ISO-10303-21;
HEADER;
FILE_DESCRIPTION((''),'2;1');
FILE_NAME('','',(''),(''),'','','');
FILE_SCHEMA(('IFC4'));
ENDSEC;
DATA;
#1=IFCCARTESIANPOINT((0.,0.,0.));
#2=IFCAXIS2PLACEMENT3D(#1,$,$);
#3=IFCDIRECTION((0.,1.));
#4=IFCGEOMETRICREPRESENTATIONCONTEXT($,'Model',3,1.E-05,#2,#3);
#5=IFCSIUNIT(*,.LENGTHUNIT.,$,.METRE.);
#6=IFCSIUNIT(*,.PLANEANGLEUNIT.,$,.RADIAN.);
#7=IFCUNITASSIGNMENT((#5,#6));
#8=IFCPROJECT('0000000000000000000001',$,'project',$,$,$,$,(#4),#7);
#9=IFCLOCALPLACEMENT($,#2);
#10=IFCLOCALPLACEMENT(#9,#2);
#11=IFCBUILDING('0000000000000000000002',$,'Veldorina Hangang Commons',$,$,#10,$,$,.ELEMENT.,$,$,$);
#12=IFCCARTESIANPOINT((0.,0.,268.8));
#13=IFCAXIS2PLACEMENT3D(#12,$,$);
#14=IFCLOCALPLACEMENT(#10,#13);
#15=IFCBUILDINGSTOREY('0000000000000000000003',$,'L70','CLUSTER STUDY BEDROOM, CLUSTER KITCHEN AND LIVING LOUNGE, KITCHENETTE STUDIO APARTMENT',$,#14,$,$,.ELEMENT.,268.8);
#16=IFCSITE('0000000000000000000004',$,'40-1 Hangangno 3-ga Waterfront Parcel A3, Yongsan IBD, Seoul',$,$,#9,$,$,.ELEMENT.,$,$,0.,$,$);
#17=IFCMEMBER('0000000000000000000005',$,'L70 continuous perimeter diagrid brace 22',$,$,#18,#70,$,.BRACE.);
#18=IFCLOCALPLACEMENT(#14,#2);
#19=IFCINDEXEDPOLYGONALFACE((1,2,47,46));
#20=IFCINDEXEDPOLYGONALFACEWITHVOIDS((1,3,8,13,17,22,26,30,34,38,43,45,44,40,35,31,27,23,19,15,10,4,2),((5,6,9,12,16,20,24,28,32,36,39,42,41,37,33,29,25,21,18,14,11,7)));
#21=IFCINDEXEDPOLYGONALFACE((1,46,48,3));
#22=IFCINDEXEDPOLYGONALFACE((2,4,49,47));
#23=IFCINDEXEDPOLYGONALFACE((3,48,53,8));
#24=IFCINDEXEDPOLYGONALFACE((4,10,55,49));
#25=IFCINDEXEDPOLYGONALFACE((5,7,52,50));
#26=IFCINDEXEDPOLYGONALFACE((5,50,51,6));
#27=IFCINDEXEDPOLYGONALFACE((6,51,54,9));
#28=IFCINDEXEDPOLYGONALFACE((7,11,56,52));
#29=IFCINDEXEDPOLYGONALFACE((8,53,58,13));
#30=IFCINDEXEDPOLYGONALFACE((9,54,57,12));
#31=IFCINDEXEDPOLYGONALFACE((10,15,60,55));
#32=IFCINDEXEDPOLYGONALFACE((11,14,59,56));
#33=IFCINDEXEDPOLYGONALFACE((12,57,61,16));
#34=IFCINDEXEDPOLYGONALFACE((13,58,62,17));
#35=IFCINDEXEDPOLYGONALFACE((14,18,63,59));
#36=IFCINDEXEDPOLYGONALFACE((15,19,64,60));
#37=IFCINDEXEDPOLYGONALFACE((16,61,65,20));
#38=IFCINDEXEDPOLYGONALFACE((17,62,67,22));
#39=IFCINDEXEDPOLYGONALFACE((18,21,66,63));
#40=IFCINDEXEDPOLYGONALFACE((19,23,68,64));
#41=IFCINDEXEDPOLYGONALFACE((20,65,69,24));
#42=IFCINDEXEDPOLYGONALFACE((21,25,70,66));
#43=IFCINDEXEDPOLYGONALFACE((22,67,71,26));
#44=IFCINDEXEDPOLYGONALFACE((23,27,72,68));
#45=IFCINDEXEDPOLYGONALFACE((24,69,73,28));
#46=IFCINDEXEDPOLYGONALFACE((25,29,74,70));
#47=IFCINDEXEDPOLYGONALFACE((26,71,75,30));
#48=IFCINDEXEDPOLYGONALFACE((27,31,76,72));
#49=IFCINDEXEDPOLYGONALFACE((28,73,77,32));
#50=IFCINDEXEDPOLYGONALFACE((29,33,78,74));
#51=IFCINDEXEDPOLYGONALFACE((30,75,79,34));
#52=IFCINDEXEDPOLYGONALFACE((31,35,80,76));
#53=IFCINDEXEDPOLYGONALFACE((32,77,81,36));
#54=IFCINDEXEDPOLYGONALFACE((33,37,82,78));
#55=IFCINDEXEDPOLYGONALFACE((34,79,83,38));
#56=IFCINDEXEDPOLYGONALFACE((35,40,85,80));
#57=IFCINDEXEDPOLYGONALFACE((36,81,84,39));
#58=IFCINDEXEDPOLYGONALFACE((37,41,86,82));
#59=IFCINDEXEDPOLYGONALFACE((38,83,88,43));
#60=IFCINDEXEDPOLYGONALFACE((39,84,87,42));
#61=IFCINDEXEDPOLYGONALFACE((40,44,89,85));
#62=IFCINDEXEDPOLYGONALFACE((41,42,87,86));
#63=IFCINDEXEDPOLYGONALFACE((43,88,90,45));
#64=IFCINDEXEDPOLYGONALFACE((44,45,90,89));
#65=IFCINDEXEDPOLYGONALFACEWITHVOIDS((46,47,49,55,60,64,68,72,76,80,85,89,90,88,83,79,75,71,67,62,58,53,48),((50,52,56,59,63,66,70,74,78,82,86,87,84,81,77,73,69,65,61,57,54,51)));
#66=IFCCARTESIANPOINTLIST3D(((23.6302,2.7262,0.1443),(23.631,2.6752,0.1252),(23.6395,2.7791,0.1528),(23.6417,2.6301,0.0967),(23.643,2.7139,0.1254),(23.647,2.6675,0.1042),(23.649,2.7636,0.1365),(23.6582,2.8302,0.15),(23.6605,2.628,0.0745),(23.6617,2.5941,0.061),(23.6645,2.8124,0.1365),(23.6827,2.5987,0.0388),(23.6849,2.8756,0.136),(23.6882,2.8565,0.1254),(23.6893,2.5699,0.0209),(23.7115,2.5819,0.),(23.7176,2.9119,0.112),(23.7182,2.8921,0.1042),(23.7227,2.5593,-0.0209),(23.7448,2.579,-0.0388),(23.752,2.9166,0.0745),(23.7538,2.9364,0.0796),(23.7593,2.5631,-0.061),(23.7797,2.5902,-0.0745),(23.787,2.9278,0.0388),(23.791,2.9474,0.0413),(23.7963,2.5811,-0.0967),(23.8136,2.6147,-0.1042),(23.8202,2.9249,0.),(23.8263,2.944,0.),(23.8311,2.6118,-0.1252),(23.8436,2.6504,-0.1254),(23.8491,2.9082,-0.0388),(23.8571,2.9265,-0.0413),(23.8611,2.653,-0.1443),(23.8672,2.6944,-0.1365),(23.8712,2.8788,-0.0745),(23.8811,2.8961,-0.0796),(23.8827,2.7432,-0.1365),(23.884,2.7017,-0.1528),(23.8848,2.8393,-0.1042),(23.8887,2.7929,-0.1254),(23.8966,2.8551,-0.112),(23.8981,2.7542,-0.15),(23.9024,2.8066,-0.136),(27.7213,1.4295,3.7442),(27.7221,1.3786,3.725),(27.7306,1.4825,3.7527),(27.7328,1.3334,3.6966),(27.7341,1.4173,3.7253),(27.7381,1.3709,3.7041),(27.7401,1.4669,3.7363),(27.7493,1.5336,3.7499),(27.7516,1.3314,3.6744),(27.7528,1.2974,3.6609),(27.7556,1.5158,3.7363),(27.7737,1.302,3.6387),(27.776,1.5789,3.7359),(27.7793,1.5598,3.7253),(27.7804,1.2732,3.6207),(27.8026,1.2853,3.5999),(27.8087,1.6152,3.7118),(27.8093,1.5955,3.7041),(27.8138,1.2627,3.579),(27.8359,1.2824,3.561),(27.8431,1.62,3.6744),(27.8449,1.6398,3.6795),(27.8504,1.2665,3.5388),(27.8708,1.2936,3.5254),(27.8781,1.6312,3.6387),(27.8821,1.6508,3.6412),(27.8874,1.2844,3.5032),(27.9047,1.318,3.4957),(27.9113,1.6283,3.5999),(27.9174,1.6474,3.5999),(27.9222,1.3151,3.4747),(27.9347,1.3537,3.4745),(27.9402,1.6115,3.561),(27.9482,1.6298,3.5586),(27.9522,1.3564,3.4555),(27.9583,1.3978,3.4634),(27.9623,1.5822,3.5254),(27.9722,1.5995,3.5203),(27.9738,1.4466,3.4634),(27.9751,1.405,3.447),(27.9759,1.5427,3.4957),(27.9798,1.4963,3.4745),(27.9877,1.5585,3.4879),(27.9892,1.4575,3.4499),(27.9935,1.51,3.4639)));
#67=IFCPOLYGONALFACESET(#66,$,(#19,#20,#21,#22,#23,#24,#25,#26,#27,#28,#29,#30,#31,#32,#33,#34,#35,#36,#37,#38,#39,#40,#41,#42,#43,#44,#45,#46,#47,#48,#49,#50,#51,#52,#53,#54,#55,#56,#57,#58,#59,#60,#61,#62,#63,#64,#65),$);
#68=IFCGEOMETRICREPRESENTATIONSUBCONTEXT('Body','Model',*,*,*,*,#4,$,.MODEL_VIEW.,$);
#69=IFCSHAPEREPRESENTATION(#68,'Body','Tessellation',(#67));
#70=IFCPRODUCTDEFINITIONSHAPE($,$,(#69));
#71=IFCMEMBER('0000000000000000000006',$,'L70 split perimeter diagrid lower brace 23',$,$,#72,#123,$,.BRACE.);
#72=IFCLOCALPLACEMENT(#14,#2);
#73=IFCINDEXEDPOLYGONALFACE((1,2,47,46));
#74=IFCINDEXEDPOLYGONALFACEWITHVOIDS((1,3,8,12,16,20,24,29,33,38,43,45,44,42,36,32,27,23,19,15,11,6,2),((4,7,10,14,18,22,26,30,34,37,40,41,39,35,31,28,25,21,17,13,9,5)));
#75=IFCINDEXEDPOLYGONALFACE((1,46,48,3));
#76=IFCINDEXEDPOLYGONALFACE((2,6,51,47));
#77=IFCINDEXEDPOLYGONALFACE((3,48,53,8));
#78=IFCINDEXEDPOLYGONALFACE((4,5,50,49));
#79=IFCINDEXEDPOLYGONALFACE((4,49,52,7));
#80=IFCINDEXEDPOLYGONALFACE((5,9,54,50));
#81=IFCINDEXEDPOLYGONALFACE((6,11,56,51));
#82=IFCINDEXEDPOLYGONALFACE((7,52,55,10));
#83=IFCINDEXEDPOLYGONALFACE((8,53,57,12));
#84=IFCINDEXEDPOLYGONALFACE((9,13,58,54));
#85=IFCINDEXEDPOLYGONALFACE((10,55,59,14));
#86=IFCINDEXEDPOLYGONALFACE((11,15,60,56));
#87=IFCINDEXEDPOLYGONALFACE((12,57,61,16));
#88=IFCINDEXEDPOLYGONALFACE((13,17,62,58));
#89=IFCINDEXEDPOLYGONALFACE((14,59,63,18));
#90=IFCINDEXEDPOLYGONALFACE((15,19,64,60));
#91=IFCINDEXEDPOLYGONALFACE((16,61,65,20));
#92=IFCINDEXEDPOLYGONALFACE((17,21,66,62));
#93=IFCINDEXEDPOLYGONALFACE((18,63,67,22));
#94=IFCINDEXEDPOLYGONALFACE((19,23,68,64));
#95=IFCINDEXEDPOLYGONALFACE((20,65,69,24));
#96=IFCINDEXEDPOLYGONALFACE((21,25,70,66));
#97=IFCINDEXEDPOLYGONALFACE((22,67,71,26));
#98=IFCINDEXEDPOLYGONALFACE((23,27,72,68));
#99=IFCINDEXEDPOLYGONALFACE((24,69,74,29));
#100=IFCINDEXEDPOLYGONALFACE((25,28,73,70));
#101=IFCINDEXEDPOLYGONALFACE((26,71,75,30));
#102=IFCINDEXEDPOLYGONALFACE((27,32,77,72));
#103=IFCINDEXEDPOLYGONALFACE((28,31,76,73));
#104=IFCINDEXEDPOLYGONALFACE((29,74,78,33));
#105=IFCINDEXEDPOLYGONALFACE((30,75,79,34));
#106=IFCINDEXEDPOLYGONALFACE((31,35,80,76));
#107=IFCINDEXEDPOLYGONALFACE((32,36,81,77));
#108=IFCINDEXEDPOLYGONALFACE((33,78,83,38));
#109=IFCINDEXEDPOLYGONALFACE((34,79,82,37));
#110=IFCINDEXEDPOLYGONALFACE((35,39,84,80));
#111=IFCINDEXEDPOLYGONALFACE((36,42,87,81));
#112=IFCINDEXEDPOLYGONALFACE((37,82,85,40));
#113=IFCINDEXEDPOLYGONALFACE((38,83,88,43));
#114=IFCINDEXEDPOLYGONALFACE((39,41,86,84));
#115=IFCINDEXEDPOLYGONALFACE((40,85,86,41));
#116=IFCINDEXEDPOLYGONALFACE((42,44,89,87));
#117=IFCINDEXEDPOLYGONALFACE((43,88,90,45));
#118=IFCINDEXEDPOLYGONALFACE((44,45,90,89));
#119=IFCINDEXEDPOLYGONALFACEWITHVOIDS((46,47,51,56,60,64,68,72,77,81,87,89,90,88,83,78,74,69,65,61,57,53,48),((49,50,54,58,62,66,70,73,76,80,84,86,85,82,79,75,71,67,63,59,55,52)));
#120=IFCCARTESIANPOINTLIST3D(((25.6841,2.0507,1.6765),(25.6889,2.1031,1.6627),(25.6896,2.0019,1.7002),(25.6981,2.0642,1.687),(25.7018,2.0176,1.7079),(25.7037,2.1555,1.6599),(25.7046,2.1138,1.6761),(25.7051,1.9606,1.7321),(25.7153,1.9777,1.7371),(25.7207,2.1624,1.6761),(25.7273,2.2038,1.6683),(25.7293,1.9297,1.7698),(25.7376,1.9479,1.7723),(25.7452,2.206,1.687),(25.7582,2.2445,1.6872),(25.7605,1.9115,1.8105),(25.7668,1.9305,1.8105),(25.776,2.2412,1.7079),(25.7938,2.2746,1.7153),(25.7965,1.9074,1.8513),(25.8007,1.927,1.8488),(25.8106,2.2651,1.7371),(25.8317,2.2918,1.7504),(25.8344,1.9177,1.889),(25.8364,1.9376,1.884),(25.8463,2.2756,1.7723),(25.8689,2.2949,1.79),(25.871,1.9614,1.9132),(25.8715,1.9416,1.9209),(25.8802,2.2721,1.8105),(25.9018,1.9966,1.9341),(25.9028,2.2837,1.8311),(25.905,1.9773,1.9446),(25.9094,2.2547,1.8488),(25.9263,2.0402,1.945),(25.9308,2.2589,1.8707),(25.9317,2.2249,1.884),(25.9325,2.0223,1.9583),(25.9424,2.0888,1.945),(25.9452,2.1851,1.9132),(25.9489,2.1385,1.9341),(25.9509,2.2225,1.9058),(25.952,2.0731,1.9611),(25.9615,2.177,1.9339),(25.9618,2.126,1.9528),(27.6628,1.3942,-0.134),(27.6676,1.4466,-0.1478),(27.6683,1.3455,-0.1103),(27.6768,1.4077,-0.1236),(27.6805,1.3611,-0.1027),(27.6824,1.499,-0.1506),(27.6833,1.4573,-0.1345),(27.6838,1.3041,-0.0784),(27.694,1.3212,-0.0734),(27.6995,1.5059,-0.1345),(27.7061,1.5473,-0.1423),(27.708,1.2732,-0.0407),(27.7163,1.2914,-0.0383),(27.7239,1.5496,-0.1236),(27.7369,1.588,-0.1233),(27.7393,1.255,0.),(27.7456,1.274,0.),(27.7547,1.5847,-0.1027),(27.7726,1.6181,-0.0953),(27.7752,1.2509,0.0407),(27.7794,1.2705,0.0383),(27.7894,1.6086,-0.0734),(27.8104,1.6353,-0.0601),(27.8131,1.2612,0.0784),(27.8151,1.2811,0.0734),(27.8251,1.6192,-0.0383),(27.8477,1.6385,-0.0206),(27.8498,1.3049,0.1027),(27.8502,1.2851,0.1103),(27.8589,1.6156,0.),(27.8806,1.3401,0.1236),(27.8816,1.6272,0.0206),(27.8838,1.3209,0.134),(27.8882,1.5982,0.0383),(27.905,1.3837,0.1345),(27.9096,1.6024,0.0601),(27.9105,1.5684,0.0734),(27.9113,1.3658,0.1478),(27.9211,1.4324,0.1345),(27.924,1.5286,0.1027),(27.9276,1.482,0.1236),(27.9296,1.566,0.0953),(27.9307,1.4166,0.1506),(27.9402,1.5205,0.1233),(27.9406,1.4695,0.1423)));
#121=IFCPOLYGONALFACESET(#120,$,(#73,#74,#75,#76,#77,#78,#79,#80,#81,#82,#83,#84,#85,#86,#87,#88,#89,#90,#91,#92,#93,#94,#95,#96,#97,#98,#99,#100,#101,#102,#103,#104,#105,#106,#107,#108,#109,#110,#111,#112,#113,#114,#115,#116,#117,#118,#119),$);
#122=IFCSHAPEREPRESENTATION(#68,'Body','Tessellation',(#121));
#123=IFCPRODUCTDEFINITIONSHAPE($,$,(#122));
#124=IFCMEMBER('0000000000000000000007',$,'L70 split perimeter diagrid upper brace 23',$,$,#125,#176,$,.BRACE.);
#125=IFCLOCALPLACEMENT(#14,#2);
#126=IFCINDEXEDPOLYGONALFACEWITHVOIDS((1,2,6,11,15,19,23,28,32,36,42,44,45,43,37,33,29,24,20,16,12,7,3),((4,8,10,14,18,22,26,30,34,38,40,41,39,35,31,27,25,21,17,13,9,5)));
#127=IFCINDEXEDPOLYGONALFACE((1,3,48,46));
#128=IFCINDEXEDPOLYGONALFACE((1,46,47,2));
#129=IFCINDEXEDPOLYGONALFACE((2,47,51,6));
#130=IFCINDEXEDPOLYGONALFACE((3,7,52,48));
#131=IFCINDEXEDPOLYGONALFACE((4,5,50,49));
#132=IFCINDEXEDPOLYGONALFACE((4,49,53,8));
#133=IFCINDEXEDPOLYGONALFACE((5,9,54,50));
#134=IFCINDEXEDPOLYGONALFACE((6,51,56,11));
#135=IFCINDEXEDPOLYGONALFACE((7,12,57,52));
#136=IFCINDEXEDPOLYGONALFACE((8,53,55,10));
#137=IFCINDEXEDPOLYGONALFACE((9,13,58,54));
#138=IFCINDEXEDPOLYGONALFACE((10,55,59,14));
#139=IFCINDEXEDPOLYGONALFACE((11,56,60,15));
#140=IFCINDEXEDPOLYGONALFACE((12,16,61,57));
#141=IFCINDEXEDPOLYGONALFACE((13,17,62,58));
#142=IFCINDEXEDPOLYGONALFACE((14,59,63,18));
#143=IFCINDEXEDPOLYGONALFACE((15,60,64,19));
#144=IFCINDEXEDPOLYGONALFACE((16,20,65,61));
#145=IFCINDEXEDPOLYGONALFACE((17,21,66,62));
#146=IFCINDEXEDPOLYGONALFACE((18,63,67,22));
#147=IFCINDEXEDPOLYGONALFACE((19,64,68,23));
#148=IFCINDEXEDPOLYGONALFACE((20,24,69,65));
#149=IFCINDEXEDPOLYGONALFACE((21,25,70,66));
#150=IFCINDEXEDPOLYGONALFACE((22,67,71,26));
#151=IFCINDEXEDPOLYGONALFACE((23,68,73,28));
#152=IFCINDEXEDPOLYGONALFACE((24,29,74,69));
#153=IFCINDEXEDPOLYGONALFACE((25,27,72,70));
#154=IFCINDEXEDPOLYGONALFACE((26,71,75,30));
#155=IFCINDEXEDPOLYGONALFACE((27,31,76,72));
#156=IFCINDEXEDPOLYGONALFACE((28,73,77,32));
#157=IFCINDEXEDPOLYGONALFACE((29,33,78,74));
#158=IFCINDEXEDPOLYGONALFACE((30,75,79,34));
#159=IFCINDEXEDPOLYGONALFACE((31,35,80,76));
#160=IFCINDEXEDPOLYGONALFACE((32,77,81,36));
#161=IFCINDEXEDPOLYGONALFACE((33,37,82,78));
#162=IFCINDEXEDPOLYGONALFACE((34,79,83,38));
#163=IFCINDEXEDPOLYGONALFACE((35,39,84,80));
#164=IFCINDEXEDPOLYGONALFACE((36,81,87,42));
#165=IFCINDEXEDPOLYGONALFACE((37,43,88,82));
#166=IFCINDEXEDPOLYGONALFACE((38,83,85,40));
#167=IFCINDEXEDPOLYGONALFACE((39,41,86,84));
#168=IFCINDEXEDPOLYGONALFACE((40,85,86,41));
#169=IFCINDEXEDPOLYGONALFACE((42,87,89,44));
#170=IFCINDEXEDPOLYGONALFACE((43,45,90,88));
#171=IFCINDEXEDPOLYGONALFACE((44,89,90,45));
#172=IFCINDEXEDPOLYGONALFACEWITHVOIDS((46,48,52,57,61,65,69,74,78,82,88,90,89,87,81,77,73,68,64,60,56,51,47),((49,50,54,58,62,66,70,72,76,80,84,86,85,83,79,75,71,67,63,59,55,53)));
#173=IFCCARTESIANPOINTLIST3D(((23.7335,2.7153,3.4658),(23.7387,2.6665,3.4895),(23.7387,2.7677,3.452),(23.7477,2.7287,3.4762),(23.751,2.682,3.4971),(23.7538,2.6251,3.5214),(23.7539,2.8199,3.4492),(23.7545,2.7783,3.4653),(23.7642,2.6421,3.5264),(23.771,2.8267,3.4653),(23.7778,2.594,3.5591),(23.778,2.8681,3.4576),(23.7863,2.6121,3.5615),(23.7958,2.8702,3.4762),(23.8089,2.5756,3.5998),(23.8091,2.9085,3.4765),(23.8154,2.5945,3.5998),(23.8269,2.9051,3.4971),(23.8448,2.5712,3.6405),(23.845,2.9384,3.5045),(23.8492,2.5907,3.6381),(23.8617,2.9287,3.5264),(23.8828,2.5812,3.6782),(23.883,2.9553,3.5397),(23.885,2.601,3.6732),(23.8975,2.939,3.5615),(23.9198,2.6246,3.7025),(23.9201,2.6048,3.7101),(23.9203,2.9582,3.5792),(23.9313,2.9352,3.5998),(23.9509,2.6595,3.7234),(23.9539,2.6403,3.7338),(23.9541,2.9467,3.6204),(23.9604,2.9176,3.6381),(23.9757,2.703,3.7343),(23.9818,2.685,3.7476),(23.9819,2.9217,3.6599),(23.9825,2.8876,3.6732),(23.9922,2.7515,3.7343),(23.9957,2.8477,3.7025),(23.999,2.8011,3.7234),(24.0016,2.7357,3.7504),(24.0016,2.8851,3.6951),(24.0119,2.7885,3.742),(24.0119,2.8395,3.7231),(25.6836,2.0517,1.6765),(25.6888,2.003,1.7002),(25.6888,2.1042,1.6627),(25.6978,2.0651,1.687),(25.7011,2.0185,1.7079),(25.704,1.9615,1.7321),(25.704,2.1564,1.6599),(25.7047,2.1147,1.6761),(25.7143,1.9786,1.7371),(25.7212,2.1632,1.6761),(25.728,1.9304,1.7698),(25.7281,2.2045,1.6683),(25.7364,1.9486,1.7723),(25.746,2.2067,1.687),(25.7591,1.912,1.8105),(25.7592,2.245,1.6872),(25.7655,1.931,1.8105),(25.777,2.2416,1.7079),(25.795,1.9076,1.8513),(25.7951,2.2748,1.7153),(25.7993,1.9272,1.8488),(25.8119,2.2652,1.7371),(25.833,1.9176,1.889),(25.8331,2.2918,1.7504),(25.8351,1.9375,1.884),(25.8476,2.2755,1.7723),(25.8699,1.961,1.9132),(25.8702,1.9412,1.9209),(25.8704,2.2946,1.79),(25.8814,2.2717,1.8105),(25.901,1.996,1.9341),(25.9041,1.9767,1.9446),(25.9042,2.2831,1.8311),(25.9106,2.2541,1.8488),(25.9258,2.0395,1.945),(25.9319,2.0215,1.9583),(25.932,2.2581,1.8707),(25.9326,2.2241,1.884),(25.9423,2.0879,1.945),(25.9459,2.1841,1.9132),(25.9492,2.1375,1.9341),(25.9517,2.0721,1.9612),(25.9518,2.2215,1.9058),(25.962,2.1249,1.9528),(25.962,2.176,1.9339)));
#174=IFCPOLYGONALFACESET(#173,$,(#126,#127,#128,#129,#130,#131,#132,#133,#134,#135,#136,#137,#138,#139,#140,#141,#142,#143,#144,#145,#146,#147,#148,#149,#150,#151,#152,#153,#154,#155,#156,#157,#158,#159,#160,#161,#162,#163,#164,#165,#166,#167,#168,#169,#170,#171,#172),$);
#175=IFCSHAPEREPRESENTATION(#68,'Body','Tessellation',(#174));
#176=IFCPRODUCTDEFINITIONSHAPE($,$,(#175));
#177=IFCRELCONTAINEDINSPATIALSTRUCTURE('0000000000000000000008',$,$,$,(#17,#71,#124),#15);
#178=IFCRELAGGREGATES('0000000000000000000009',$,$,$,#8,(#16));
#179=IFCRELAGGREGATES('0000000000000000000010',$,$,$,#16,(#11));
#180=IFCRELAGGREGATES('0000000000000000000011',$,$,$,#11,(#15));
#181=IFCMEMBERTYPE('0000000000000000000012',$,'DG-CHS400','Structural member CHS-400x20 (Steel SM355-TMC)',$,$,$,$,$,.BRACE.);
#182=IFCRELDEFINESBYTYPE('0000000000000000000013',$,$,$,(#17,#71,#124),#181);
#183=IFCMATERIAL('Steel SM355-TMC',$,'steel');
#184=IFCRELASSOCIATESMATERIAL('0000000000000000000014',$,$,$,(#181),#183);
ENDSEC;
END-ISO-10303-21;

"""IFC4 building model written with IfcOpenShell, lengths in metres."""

from ifc_helpers import new_model, si_unit, direction, frame, origin, origin_2d, place, context, subcontext, project, spatial, hollow_circle, extrude, material, material_profile, profile_set, type_object, element, save


model = new_model("IFC4")

# Units and contexts
model_context = context("Model", 3, precision=1e-05, world=origin(), true_north=direction((0.0, 1.0)))
body_context = subcontext(model_context, "Body", "Model", "MODEL_VIEW")
ifc_project = project(units=[si_unit("LENGTHUNIT", "METRE"), si_unit("PLANEANGLEUNIT", "RADIAN")], contexts=[model_context])

# Site, building, storey
site_placement = place(None, origin())
site = spatial("IfcSite", under=ifc_project, at=site_placement, Name="40-1 Hangangno 3-ga Waterfront Parcel A3, Yongsan IBD, Seoul", CompositionType="ELEMENT", RefElevation=0.0)
building_placement = place(site_placement, origin())
building = spatial("IfcBuilding", under=site, at=building_placement, Name="Veldorina Hangang Commons", CompositionType="ELEMENT")
storey_placement = place(building_placement, frame((0.0, 0.0, 268.8)))
storey = spatial("IfcBuildingStorey", under=building, at=storey_placement, Name="L70", Description="CLUSTER STUDY BEDROOM, CLUSTER KITCHEN AND LIVING LOUNGE, KITCHENETTE STUDIO APARTMENT", CompositionType="ELEMENT", Elevation=268.8)

# Shared definitions
ifc_material_1 = material(Name="Steel SM355-TMC", Category="steel")

# Members
ifc_material_profile_1 = material_profile(ifc_material_1, hollow_circle(Radius=0.2, WallThickness=0.02, at=origin_2d()), Name="CHS-400x20")
ifc_profile_set_1 = profile_set([ifc_material_profile_1], Name="Steel SM355-TMC")
member_type_1 = type_object("IfcMemberType", Name="DG-CHS400", Description="Structural member CHS-400x20 (Steel SM355-TMC)", PredefinedType="BRACE", material=ifc_profile_set_1)
member_1_placement = place(storey_placement, frame((23.7659, 2.7534, 0.0), z_axis=(0.730349, -0.231478, 0.642657), x_axis=(0.30213, 0.953267, 0.0)))
element("IfcMember", 1, at=member_1_placement, inside=storey, type_object=member_type_1, Name="L70 continuous perimeter diagrid brace 22", PredefinedType="BRACE", context=body_context, shape_type="SweptSolid", body=[
    extrude(hollow_circle(Radius=0.2, WallThickness=0.02, at=origin_2d()), origin(), (0.0, 0.0, 1.0), 5.6016),
])
member_2_placement = place(storey_placement, frame((27.8022, 1.4448, 0.0), z_axis=(-0.716615, 0.237752, 0.655696), x_axis=(-0.314892, -0.949127, 0.0)))
element("IfcMember", 2, at=member_2_placement, inside=storey, type_object=member_type_1, Name="L70 split perimeter diagrid lower brace 23", PredefinedType="BRACE", context=body_context, shape_type="SweptSolid", body=[
    extrude(hollow_circle(Radius=0.2, WallThickness=0.02, at=origin_2d()), origin(), (0.0, 0.0, 1.0), 2.7612),
])
member_3_placement = place(storey_placement, frame((25.8235, 2.1013, 1.8105), z_axis=(-0.714726, 0.243193, 0.655762), x_axis=(-0.322124, -0.946698, 0.0)))
element("IfcMember", 3, at=member_3_placement, inside=storey, type_object=member_type_1, Name="L70 split perimeter diagrid upper brace 23", PredefinedType="BRACE", context=body_context, shape_type="SweptSolid", body=[
    extrude(hollow_circle(Radius=0.2, WallThickness=0.02, at=origin_2d()), origin(), (0.0, 0.0, 1.0), 2.7285),
])

save(model, "model.ifc")
